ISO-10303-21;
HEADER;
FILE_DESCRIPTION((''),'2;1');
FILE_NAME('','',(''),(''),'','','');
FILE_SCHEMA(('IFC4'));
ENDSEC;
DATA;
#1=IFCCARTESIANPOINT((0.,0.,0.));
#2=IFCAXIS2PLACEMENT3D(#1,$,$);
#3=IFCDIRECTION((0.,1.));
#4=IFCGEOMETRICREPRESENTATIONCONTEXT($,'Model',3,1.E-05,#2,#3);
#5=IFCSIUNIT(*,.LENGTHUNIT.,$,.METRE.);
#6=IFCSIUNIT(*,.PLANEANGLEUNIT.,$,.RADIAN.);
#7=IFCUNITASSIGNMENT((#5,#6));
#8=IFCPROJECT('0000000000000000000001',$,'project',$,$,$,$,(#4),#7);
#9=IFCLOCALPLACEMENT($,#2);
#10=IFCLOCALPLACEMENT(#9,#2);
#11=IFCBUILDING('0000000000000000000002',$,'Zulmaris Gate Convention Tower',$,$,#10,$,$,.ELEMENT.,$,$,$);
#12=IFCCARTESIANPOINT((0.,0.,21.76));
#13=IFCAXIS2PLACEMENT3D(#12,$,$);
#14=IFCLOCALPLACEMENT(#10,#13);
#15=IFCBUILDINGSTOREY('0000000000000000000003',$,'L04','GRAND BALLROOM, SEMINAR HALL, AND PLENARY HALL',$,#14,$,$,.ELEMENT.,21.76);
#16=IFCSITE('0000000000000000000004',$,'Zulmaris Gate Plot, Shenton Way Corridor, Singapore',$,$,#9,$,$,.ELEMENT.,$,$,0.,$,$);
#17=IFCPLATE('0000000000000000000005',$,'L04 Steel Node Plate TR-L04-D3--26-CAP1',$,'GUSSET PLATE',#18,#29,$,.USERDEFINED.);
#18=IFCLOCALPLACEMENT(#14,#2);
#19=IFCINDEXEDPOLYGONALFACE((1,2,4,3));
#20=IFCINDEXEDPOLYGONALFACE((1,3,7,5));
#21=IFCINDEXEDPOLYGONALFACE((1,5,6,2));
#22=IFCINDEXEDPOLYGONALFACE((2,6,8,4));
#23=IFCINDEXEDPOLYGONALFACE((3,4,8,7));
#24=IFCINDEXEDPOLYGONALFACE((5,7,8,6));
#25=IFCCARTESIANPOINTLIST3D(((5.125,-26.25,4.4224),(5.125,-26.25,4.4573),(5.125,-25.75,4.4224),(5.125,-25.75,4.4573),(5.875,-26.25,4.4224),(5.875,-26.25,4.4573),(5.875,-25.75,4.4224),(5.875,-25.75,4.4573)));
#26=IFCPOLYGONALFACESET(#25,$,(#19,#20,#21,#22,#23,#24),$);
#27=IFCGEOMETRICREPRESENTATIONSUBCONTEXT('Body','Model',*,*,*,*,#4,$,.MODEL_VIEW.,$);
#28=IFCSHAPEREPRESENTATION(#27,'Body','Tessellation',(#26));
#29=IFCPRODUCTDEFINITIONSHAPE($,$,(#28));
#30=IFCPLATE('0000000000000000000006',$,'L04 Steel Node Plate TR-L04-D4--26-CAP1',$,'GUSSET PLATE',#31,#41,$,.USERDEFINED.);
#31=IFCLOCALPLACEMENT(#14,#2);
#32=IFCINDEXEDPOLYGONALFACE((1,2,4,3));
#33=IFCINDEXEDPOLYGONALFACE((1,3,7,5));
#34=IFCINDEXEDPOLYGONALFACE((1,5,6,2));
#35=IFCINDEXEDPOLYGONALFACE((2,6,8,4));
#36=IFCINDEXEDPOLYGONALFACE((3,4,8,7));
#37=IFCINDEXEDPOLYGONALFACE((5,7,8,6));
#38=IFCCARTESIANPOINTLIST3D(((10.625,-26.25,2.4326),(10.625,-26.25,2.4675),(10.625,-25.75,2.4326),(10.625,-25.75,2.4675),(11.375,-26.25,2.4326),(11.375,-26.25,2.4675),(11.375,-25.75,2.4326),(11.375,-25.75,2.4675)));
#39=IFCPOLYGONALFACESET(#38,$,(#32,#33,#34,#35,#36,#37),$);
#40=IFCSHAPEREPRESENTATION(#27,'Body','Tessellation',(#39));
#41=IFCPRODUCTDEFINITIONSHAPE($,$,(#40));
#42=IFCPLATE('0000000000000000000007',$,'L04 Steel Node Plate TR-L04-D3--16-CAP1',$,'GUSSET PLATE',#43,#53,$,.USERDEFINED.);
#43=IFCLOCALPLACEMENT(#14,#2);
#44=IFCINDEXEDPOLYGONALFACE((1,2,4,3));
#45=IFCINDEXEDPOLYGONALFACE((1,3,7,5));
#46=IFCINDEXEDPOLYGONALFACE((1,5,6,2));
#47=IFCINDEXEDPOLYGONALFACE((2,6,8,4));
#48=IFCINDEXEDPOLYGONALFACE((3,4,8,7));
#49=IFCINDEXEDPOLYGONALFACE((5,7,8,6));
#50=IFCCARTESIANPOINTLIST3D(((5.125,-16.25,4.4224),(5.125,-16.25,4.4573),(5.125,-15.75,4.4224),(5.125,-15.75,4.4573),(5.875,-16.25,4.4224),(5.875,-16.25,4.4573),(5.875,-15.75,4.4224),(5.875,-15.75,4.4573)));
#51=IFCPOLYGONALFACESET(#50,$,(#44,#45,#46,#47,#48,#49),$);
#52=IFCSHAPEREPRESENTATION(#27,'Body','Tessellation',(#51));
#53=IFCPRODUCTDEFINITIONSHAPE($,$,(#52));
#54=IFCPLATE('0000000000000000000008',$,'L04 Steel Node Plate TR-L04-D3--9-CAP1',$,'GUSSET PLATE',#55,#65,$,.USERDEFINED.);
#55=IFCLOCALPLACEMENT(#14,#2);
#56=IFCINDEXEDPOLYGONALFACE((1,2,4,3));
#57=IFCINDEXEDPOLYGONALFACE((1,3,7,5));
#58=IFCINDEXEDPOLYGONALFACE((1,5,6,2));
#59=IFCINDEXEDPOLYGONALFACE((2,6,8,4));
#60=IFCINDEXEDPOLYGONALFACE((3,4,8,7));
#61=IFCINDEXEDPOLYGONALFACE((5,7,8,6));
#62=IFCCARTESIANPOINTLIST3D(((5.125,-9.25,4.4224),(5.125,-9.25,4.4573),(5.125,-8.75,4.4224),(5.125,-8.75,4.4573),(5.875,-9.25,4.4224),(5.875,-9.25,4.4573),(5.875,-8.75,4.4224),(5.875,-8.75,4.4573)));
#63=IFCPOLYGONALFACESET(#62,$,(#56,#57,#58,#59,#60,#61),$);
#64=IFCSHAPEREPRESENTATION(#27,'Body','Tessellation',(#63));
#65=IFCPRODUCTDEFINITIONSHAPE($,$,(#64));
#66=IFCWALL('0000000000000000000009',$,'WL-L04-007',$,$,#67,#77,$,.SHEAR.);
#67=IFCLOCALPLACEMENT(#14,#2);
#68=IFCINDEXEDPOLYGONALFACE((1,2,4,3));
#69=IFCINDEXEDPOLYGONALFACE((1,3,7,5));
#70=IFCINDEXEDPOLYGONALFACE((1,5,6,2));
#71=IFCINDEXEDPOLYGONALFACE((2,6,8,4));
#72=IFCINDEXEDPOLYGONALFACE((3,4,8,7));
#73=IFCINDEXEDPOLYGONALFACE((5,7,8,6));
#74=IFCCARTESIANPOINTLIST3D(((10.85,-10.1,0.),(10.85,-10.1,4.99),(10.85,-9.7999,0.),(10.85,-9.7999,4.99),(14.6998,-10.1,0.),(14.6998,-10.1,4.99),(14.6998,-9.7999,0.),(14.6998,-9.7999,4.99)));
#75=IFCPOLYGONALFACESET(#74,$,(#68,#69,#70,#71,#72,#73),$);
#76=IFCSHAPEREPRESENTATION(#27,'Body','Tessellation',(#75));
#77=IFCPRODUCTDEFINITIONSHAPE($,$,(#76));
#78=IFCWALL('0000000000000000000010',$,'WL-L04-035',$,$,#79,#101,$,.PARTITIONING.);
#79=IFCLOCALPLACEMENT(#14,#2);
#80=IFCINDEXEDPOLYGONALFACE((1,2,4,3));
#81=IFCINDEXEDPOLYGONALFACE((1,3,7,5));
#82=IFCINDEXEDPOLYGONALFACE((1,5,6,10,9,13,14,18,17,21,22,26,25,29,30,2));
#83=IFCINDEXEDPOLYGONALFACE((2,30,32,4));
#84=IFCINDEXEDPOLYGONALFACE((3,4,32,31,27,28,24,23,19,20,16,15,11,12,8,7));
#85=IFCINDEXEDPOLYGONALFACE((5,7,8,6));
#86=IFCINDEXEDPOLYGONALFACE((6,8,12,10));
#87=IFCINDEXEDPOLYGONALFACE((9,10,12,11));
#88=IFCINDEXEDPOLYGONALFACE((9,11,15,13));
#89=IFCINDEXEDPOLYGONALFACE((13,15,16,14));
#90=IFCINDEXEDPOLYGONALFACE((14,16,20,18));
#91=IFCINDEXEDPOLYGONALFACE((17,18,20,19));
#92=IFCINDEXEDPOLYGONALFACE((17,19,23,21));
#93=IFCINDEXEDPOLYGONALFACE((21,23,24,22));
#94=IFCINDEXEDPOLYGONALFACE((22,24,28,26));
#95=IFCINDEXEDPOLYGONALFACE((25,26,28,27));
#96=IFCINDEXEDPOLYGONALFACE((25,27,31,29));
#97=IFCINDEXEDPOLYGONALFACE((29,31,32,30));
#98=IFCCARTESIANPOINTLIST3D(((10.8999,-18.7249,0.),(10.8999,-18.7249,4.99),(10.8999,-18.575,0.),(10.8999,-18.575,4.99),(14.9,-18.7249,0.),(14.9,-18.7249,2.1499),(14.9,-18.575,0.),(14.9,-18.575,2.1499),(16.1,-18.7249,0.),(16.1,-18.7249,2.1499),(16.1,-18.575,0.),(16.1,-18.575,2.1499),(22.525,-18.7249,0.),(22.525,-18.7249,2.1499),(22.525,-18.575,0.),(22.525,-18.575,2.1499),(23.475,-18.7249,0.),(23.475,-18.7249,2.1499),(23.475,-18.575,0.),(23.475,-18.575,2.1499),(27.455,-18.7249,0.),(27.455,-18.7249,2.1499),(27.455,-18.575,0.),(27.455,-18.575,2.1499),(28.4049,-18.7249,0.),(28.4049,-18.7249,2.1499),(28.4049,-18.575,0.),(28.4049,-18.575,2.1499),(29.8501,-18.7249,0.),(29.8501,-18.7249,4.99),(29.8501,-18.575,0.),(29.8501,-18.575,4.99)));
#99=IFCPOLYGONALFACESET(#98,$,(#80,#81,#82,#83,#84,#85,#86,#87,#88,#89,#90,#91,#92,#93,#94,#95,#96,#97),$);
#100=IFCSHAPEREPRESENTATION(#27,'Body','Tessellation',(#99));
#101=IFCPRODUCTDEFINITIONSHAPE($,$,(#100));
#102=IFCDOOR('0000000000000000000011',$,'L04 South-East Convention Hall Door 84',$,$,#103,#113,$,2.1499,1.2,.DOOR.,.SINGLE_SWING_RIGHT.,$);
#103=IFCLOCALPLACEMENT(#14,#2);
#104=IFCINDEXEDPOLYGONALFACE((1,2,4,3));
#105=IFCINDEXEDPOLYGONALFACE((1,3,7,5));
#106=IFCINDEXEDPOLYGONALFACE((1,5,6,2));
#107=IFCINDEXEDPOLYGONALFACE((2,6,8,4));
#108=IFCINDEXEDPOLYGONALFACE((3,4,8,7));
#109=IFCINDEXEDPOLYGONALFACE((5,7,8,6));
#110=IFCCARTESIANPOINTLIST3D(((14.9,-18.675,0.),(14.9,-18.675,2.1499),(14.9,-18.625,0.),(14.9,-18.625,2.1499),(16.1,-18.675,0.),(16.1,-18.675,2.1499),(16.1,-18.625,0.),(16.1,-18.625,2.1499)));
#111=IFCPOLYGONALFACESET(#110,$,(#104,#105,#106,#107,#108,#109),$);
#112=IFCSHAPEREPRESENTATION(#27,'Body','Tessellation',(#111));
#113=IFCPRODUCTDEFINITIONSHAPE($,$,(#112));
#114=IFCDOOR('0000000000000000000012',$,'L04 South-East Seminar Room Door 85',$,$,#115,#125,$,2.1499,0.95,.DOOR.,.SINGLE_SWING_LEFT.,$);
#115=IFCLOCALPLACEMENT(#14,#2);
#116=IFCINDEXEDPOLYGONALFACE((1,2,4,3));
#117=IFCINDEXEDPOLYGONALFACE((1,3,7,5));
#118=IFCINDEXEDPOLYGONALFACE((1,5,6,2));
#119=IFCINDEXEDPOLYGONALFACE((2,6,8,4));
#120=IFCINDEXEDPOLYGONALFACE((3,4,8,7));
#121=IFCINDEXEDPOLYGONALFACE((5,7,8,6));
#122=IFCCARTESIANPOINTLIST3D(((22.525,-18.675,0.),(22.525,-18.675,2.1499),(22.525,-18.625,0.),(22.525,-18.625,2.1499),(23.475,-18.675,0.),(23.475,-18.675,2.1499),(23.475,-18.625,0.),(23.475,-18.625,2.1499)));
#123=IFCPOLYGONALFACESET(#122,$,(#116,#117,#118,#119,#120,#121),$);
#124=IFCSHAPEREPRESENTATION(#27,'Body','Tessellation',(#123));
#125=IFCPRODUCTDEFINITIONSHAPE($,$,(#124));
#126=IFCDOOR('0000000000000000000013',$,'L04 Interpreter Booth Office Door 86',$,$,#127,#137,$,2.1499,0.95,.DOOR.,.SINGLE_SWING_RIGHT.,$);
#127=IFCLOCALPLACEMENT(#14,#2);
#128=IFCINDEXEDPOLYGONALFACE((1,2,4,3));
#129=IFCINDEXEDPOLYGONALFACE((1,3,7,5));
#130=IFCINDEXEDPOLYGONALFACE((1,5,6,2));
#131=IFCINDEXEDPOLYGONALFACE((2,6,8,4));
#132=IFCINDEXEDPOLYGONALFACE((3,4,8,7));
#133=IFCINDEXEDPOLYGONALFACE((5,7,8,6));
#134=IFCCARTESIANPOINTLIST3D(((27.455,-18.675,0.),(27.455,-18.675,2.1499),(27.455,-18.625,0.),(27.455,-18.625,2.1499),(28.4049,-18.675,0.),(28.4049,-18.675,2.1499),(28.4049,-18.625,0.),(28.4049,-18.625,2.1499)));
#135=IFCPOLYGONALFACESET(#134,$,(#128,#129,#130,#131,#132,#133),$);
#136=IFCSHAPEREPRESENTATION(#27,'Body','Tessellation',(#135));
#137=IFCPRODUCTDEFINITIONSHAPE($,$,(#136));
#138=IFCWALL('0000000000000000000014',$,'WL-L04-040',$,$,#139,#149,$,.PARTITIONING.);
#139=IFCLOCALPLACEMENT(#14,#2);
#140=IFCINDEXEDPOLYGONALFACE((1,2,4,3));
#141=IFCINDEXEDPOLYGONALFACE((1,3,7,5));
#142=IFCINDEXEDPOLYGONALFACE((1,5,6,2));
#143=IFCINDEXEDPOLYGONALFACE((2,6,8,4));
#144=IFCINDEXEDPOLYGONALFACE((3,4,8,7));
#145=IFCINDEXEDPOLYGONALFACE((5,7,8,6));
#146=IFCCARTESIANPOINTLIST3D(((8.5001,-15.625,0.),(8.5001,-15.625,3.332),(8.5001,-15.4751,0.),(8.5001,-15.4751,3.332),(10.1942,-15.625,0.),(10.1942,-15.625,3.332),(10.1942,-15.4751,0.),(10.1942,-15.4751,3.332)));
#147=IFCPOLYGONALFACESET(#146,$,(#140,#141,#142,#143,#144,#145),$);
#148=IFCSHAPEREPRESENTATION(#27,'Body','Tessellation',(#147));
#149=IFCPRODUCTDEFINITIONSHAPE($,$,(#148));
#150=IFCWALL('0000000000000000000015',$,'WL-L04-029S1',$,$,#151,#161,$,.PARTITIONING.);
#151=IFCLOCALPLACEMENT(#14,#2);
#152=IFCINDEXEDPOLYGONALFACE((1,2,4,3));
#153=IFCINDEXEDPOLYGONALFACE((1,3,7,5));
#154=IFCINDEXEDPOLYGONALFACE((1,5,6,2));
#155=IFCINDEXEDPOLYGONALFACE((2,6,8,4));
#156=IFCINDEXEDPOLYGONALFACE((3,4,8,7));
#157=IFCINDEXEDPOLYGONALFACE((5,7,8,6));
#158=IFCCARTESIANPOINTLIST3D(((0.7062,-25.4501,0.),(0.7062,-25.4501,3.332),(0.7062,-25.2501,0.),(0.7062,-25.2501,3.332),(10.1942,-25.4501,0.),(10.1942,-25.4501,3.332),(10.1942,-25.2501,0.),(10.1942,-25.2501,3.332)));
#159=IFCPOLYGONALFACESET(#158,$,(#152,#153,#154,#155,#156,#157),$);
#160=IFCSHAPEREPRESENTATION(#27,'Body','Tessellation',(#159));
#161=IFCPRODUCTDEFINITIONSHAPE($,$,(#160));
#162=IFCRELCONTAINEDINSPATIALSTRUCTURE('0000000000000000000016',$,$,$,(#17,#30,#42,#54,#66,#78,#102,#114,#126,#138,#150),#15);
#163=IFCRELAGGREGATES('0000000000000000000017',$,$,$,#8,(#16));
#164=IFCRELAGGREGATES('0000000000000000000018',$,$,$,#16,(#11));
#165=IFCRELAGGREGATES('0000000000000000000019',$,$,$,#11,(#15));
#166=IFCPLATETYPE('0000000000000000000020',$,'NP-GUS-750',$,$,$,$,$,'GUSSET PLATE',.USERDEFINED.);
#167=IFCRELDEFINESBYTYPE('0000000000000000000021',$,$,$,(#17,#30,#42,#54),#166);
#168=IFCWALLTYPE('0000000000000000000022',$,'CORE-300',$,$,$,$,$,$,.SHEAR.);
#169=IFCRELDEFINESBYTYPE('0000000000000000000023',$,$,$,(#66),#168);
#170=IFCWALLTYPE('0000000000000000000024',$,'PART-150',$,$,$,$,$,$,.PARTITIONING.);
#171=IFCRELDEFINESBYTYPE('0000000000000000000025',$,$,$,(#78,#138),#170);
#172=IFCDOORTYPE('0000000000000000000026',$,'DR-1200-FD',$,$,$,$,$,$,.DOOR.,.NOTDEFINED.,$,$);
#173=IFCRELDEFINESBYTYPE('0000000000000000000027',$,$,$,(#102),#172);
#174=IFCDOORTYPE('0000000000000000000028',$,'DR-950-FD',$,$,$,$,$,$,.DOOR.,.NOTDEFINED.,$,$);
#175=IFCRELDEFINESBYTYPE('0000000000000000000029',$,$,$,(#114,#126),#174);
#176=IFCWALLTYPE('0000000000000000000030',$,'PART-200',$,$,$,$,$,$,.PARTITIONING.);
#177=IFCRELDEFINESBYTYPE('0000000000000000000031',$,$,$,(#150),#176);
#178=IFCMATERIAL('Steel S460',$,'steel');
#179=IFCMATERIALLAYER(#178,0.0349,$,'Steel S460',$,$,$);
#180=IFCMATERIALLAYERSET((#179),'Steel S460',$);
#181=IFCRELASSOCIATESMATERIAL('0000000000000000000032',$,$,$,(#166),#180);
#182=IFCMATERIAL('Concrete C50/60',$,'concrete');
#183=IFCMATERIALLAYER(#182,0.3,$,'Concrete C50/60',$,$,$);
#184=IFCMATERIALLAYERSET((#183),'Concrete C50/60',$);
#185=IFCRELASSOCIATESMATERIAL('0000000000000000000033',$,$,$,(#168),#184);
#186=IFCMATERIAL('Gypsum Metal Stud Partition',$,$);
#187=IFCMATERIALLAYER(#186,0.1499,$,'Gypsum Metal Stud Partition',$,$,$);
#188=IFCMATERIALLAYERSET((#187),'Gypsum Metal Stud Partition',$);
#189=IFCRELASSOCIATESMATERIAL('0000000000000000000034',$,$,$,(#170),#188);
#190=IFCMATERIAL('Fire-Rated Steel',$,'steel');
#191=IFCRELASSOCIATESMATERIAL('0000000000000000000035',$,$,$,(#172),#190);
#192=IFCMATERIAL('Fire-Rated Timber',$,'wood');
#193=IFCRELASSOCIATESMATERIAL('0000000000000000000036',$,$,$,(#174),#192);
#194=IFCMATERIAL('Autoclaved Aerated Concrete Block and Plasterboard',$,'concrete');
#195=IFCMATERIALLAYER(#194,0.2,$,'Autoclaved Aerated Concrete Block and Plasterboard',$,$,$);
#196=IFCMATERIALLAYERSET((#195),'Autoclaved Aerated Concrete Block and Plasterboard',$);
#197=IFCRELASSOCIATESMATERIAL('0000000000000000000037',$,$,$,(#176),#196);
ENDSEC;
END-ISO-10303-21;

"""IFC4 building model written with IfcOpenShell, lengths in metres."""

from ifc_helpers import new_model, si_unit, direction, frame, frame_2d, origin, origin_2d, place, context, subcontext, project, spatial, rectangle, extrude, material, layer, layer_set, type_object, element, fill, save


model = new_model("IFC4")

# Units and contexts
model_context = context("Model", 3, precision=1e-05, world=origin(), true_north=direction((0.0, 1.0)))
body_context = subcontext(model_context, "Body", "Model", "MODEL_VIEW")
ifc_project = project(units=[si_unit("LENGTHUNIT", "METRE"), si_unit("PLANEANGLEUNIT", "RADIAN")], contexts=[model_context])

# Site, building, storey
site_placement = place(None, origin())
site = spatial("IfcSite", under=ifc_project, at=site_placement, Name="Zulmaris Gate Plot, Shenton Way Corridor, Singapore", CompositionType="ELEMENT", RefElevation=0.0)
building_placement = place(site_placement, origin())
building = spatial("IfcBuilding", under=site, at=building_placement, Name="Zulmaris Gate Convention Tower", CompositionType="ELEMENT")
storey_placement = place(building_placement, frame((0.0, 0.0, 21.76)))
storey = spatial("IfcBuildingStorey", under=building, at=storey_placement, Name="L04", Description="GRAND BALLROOM, SEMINAR HALL, AND PLENARY HALL", CompositionType="ELEMENT", Elevation=21.76)

# Shared definitions
ifc_material_1 = material(Name="Steel S460", Category="steel")

# Plates
ifc_layer_1 = layer(ifc_material_1, 0.0349, Name="Steel S460")
ifc_layer_set_1 = layer_set([ifc_layer_1], Name="Steel S460")
plate_type = type_object("IfcPlateType", Name="NP-GUS-750", ElementType="GUSSET PLATE", PredefinedType="USERDEFINED", material=ifc_layer_set_1)
for number, where, z_axis, x_axis, name in (
    (1, (5.5, -26.0, 4.4224), (0.0, 0.0, 1.0), (1.0, 0.0, 0.0), "L04 Steel Node Plate TR-L04-D3--26-CAP1"),
    (2, (11.0, -26.0, 2.4326), (0.0, 0.0, 1.0), (1.0, 0.0, 0.0), "L04 Steel Node Plate TR-L04-D4--26-CAP1"),
    (3, (5.5, -16.0, 4.4224), (0.0, 0.0, 1.0), (1.0, 0.0, 0.0), "L04 Steel Node Plate TR-L04-D3--16-CAP1"),
    (4, (5.5, -9.0, 4.4224), (0.0, 0.0, 1.0), (1.0, 0.0, 0.0), "L04 Steel Node Plate TR-L04-D3--9-CAP1"),
):
    element("IfcPlate", number, at=place(storey_placement, frame(where, z_axis=z_axis, x_axis=x_axis)), inside=storey, type_object=plate_type, Name=name, ObjectType="GUSSET PLATE", PredefinedType="USERDEFINED", context=body_context, shape_type="SweptSolid", body=[
        extrude(rectangle(XDim=0.75, YDim=0.5, at=origin_2d()), origin(), (0.0, 0.0, 1.0), 0.0349),
    ])

# Wall
ifc_material_2 = material(Name="Concrete C50/60", Category="concrete")
ifc_layer_2 = layer(ifc_material_2, 0.3, Name="Concrete C50/60")
ifc_layer_set_2 = layer_set([ifc_layer_2], Name="Concrete C50/60")
wall_type_1 = type_object("IfcWallType", Name="CORE-300", PredefinedType="SHEAR", material=ifc_layer_set_2)
wall_1_placement = place(storey_placement, frame((10.8501, -9.95, 0.0), z_axis=(0.0, 0.0, 1.0), x_axis=(1.0, 0.0, 0.0)))
element("IfcWall", 5, at=wall_1_placement, inside=storey, type_object=wall_type_1, Name="WL-L04-007", PredefinedType="SHEAR", context=body_context, shape_type="SweptSolid", body=[
    extrude(rectangle(XDim=3.8499, YDim=0.3, at=frame_2d((1.9248, 0.0))), origin(), (0.0, 0.0, 1.0), 4.99),
])

# Wall, openings, doors
ifc_material_3 = material(Name="Gypsum Metal Stud Partition")
ifc_layer_3 = layer(ifc_material_3, 0.1499, Name="Gypsum Metal Stud Partition")
ifc_layer_set_3 = layer_set([ifc_layer_3], Name="Gypsum Metal Stud Partition")
wall_type_2 = type_object("IfcWallType", Name="PART-150", PredefinedType="PARTITIONING", material=ifc_layer_set_3)
wall_2_placement = place(storey_placement, frame((10.8999, -18.6499, 0.0), z_axis=(0.0, 0.0, 1.0), x_axis=(1.0, 0.0, 0.0)))
wall_2 = element("IfcWall", 6, at=wall_2_placement, inside=storey, type_object=wall_type_2, Name="WL-L04-035", PredefinedType="PARTITIONING", context=body_context, shape_type="SweptSolid", body=[
    extrude(rectangle(XDim=18.9502, YDim=0.1499, at=frame_2d((9.4751, 0.0))), origin(), (0.0, 0.0, 1.0), 4.99),
])
opening_1_placement = place(wall_2_placement, frame((4.0, 0.0, 0.0)))
opening_1 = element("IfcOpeningElement", 7, at=opening_1_placement, cuts=wall_2, PredefinedType="OPENING", context=body_context, shape_type="SweptSolid", body=[
    extrude(rectangle(XDim=1.2, YDim=2.1499, at=frame_2d((0.6001, 1.075))), frame((0.0, 0.085, 0.0), z_axis=(0.0, -1.0, 0.0), x_axis=(1.0, 0.0, 0.0)), (0.0, 0.0, 1.0), 0.1699),
])
opening_2_placement = place(wall_2_placement, frame((11.625, 0.0, 0.0)))
opening_2 = element("IfcOpeningElement", 8, at=opening_2_placement, cuts=wall_2, PredefinedType="OPENING", context=body_context, shape_type="SweptSolid", body=[
    extrude(rectangle(XDim=0.95, YDim=2.1499, at=frame_2d((0.4751, 1.075))), frame((0.0, 0.085, 0.0), z_axis=(0.0, -1.0, 0.0), x_axis=(1.0, 0.0, 0.0)), (0.0, 0.0, 1.0), 0.1699),
])
opening_3_placement = place(wall_2_placement, frame((16.5549, 0.0, 0.0)))
opening_3 = element("IfcOpeningElement", 9, at=opening_3_placement, cuts=wall_2, PredefinedType="OPENING", context=body_context, shape_type="SweptSolid", body=[
    extrude(rectangle(XDim=0.95, YDim=2.1499, at=frame_2d((0.4751, 1.075))), frame((0.0, 0.085, 0.0), z_axis=(0.0, -1.0, 0.0), x_axis=(1.0, 0.0, 0.0)), (0.0, 0.0, 1.0), 0.1699),
])
ifc_material_4 = material(Name="Fire-Rated Steel", Category="steel")
door_type_1 = type_object("IfcDoorType", Name="DR-1200-FD", OperationType="NOTDEFINED", PredefinedType="DOOR", material=ifc_material_4)
door_1_placement = place(opening_1_placement, origin())
door_1 = element("IfcDoor", 10, at=door_1_placement, inside=storey, type_object=door_type_1, Name="L04 South-East Convention Hall Door 84", OperationType="SINGLE_SWING_RIGHT", OverallHeight=2.1499, OverallWidth=1.2, PredefinedType="DOOR", context=body_context, shape_type="SweptSolid", body=[
    extrude(rectangle(XDim=1.2, YDim=2.1499, at=frame_2d((0.6001, 1.075))), frame((0.0, 0.0249, 0.0), z_axis=(0.0, -1.0, 0.0), x_axis=(1.0, 0.0, 0.0)), (0.0, 0.0, 1.0), 0.05),
])
fill(opening_1, door_1)
ifc_material_5 = material(Name="Fire-Rated Timber", Category="wood")
door_type_2 = type_object("IfcDoorType", Name="DR-950-FD", OperationType="NOTDEFINED", PredefinedType="DOOR", material=ifc_material_5)
door_2_placement = place(opening_2_placement, origin())
door_2 = element("IfcDoor", 11, at=door_2_placement, inside=storey, type_object=door_type_2, Name="L04 South-East Seminar Room Door 85", OperationType="SINGLE_SWING_LEFT", OverallHeight=2.1499, OverallWidth=0.95, PredefinedType="DOOR", context=body_context, shape_type="SweptSolid", body=[
    extrude(rectangle(XDim=0.95, YDim=2.1499, at=frame_2d((0.4751, 1.075))), frame((0.0, 0.0249, 0.0), z_axis=(0.0, -1.0, 0.0), x_axis=(1.0, 0.0, 0.0)), (0.0, 0.0, 1.0), 0.05),
])
fill(opening_2, door_2)
door_3_placement = place(opening_3_placement, origin())
door_3 = element("IfcDoor", 12, at=door_3_placement, inside=storey, type_object=door_type_2, Name="L04 Interpreter Booth Office Door 86", OperationType="SINGLE_SWING_RIGHT", OverallHeight=2.1499, OverallWidth=0.95, PredefinedType="DOOR", context=body_context, shape_type="SweptSolid", body=[
    extrude(rectangle(XDim=0.95, YDim=2.1499, at=frame_2d((0.4751, 1.075))), frame((0.0, 0.0249, 0.0), z_axis=(0.0, -1.0, 0.0), x_axis=(1.0, 0.0, 0.0)), (0.0, 0.0, 1.0), 0.05),
])
fill(opening_3, door_3)

# Walls
wall_3_placement = place(storey_placement, frame((8.5, -15.55, 0.0), z_axis=(0.0, 0.0, 1.0), x_axis=(1.0, 0.0, 0.0)))
element("IfcWall", 13, at=wall_3_placement, inside=storey, type_object=wall_type_2, Name="WL-L04-040", PredefinedType="PARTITIONING", context=body_context, shape_type="SweptSolid", body=[
    extrude(rectangle(XDim=1.6941, YDim=0.1499, at=frame_2d((0.8472, 0.0))), origin(), (0.0, 0.0, 1.0), 3.332),
])
ifc_material_6 = material(Name="Autoclaved Aerated Concrete Block and Plasterboard", Category="concrete")
ifc_layer_4 = layer(ifc_material_6, 0.2, Name="Autoclaved Aerated Concrete Block and Plasterboard")
ifc_layer_set_4 = layer_set([ifc_layer_4], Name="Autoclaved Aerated Concrete Block and Plasterboard")
wall_type_3 = type_object("IfcWallType", Name="PART-200", PredefinedType="PARTITIONING", material=ifc_layer_set_4)
wall_4_placement = place(storey_placement, frame((0.7061, -25.3501, 0.0), z_axis=(0.0, 0.0, 1.0), x_axis=(1.0, 0.0, 0.0)))
element("IfcWall", 14, at=wall_4_placement, inside=storey, type_object=wall_type_3, Name="WL-L04-029S1", PredefinedType="PARTITIONING", context=body_context, shape_type="SweptSolid", body=[
    extrude(rectangle(XDim=9.488, YDim=0.2, at=frame_2d((4.7441, 0.0))), origin(), (0.0, 0.0, 1.0), 3.332),
])

save(model, "model.ifc")
